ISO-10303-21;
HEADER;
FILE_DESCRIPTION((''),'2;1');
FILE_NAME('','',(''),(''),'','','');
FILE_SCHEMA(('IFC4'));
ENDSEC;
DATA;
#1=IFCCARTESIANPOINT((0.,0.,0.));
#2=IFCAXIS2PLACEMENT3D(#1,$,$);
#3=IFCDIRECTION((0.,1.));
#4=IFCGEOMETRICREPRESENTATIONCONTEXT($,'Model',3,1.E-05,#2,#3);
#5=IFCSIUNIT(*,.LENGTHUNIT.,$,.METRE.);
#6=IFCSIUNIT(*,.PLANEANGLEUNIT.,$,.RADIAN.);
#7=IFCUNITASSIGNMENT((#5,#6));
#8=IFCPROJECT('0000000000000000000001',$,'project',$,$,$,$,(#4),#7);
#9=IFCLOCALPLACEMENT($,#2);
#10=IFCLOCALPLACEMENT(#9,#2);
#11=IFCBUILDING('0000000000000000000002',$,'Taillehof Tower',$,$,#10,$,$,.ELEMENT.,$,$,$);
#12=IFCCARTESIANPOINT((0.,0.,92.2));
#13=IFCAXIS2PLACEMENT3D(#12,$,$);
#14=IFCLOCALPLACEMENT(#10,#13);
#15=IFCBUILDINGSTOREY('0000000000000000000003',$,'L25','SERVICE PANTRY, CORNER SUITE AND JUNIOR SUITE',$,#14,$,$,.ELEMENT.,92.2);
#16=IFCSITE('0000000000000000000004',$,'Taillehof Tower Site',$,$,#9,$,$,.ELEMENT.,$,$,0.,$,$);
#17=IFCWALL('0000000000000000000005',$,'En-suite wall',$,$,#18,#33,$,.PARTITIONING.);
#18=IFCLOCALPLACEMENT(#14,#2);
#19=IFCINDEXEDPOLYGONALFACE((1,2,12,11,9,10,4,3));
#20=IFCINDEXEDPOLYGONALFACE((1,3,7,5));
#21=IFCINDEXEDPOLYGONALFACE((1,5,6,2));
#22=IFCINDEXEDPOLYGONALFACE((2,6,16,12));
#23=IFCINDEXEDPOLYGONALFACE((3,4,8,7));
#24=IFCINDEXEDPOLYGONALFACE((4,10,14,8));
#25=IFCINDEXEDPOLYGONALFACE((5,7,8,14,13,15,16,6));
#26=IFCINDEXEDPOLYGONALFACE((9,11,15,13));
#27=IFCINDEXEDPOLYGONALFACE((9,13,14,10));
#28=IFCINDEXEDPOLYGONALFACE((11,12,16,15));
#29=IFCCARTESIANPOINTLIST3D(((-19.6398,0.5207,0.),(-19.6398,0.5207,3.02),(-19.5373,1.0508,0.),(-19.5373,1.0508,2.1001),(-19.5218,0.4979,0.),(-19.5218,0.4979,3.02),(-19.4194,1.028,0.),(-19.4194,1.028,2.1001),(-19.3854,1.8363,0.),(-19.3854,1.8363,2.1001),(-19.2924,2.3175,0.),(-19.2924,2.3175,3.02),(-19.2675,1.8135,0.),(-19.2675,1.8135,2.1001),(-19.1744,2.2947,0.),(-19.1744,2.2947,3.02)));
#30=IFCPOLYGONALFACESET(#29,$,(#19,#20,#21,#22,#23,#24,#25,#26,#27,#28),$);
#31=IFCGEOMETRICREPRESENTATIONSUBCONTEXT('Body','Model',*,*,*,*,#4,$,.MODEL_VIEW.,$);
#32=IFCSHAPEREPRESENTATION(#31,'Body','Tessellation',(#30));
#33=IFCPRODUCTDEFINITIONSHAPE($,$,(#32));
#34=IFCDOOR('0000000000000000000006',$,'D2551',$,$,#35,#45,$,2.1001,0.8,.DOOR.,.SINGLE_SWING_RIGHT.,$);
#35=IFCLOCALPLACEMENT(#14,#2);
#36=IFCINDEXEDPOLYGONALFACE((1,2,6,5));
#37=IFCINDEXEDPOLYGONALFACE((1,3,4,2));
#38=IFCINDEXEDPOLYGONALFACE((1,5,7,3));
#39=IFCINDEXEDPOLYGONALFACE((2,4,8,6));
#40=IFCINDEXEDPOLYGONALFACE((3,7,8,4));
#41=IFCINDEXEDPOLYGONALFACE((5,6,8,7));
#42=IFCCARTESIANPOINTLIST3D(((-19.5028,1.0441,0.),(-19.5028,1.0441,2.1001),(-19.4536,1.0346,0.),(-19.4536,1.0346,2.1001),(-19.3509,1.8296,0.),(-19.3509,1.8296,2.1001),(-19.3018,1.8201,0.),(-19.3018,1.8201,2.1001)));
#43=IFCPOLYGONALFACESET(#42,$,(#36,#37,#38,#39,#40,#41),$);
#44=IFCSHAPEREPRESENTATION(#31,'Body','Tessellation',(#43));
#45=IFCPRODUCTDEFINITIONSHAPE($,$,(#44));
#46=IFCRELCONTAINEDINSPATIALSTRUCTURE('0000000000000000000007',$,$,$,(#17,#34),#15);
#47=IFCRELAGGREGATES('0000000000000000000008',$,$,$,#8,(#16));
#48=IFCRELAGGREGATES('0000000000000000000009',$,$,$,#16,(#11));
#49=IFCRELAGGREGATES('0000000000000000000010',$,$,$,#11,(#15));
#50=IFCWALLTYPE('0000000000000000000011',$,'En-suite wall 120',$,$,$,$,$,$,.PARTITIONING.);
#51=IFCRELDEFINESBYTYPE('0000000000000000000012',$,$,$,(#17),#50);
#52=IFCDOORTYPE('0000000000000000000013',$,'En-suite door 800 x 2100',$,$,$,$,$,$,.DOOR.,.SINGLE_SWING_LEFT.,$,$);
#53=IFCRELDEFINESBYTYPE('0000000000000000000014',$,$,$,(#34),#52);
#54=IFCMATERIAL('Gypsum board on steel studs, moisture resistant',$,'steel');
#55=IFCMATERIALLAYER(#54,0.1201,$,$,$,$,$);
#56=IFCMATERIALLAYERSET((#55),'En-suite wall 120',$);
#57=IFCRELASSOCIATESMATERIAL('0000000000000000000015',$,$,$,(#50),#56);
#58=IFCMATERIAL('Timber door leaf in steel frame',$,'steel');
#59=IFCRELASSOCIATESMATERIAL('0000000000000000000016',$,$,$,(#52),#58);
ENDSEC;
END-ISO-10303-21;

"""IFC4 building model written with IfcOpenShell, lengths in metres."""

from ifc_helpers import new_model, si_unit, direction, frame, frame_2d, origin, place, context, subcontext, project, spatial, rectangle, extrude, material, layer, layer_set, type_object, element, fill, save


model = new_model("IFC4")

# Units and contexts
model_context = context("Model", 3, precision=1e-05, world=origin(), true_north=direction((0.0, 1.0)))
body_context = subcontext(model_context, "Body", "Model", "MODEL_VIEW")
ifc_project = project(units=[si_unit("LENGTHUNIT", "METRE"), si_unit("PLANEANGLEUNIT", "RADIAN")], contexts=[model_context])

# Site, building, storey
site_placement = place(None, origin())
site = spatial("IfcSite", under=ifc_project, at=site_placement, Name="Taillehof Tower Site", CompositionType="ELEMENT", RefElevation=0.0)
building_placement = place(site_placement, origin())
building = spatial("IfcBuilding", under=site, at=building_placement, Name="Taillehof Tower", CompositionType="ELEMENT")
storey_placement = place(building_placement, frame((0.0, 0.0, 92.2)))
storey = spatial("IfcBuildingStorey", under=building, at=storey_placement, Name="L25", Description="SERVICE PANTRY, CORNER SUITE AND JUNIOR SUITE", CompositionType="ELEMENT", Elevation=92.2)

# Shared definitions
ifc_material_1 = material(Name="Gypsum board on steel studs, moisture resistant", Category="steel")
ifc_layer_1 = layer(ifc_material_1, 0.1201)
ifc_layer_set_1 = layer_set([ifc_layer_1], Name="En-suite wall 120")
wall_type_1 = type_object("IfcWallType", Name="En-suite wall 120", PredefinedType="PARTITIONING", material=ifc_layer_set_1)

# Wall, opening, door
wall_1_placement = place(storey_placement, frame((-19.5808, 0.5093, 0.0), z_axis=(0.0, 0.0, 1.0), x_axis=(0.189827, 0.981818, 0.0)))
wall_1 = element("IfcWall", 1, at=wall_1_placement, inside=storey, type_object=wall_type_1, Name="En-suite wall", PredefinedType="PARTITIONING", context=body_context, shape_type="SweptSolid", body=[
    extrude(rectangle(XDim=1.8301, YDim=0.1201, at=frame_2d((0.915, 0.0))), origin(), (0.0, 0.0, 1.0), 3.02),
])
opening_1_placement = place(wall_1_placement, frame((0.54, 0.0, 0.0)))
opening_1 = element("IfcOpeningElement", 2, at=opening_1_placement, cuts=wall_1, PredefinedType="OPENING", context=body_context, shape_type="SweptSolid", body=[
    extrude(rectangle(XDim=0.8, YDim=2.1001, at=frame_2d((0.3999, 1.05))), frame((0.0, 0.0701, 0.0), z_axis=(0.0, -1.0, 0.0), x_axis=(1.0, 0.0, 0.0)), (0.0, 0.0, 1.0), 0.1401),
])
ifc_material_2 = material(Name="Timber door leaf in steel frame", Category="steel")
door_type_1 = type_object("IfcDoorType", Name="En-suite door 800 x 2100", OperationType="SINGLE_SWING_LEFT", PredefinedType="DOOR", material=ifc_material_2)
door_1_placement = place(opening_1_placement, origin())
door_1 = element("IfcDoor", 3, at=door_1_placement, inside=storey, type_object=door_type_1, Name="D2551", OperationType="SINGLE_SWING_RIGHT", OverallHeight=2.1001, OverallWidth=0.8, PredefinedType="DOOR", context=body_context, shape_type="SweptSolid", body=[
    extrude(rectangle(XDim=0.8, YDim=2.1001, at=frame_2d((0.3999, 1.05))), frame((0.0, 0.0249, 0.0), z_axis=(0.0, -1.0, 0.0), x_axis=(1.0, 0.0, 0.0)), (0.0, 0.0, 1.0), 0.05),
])
fill(opening_1, door_1)

save(model, "model.ifc")
